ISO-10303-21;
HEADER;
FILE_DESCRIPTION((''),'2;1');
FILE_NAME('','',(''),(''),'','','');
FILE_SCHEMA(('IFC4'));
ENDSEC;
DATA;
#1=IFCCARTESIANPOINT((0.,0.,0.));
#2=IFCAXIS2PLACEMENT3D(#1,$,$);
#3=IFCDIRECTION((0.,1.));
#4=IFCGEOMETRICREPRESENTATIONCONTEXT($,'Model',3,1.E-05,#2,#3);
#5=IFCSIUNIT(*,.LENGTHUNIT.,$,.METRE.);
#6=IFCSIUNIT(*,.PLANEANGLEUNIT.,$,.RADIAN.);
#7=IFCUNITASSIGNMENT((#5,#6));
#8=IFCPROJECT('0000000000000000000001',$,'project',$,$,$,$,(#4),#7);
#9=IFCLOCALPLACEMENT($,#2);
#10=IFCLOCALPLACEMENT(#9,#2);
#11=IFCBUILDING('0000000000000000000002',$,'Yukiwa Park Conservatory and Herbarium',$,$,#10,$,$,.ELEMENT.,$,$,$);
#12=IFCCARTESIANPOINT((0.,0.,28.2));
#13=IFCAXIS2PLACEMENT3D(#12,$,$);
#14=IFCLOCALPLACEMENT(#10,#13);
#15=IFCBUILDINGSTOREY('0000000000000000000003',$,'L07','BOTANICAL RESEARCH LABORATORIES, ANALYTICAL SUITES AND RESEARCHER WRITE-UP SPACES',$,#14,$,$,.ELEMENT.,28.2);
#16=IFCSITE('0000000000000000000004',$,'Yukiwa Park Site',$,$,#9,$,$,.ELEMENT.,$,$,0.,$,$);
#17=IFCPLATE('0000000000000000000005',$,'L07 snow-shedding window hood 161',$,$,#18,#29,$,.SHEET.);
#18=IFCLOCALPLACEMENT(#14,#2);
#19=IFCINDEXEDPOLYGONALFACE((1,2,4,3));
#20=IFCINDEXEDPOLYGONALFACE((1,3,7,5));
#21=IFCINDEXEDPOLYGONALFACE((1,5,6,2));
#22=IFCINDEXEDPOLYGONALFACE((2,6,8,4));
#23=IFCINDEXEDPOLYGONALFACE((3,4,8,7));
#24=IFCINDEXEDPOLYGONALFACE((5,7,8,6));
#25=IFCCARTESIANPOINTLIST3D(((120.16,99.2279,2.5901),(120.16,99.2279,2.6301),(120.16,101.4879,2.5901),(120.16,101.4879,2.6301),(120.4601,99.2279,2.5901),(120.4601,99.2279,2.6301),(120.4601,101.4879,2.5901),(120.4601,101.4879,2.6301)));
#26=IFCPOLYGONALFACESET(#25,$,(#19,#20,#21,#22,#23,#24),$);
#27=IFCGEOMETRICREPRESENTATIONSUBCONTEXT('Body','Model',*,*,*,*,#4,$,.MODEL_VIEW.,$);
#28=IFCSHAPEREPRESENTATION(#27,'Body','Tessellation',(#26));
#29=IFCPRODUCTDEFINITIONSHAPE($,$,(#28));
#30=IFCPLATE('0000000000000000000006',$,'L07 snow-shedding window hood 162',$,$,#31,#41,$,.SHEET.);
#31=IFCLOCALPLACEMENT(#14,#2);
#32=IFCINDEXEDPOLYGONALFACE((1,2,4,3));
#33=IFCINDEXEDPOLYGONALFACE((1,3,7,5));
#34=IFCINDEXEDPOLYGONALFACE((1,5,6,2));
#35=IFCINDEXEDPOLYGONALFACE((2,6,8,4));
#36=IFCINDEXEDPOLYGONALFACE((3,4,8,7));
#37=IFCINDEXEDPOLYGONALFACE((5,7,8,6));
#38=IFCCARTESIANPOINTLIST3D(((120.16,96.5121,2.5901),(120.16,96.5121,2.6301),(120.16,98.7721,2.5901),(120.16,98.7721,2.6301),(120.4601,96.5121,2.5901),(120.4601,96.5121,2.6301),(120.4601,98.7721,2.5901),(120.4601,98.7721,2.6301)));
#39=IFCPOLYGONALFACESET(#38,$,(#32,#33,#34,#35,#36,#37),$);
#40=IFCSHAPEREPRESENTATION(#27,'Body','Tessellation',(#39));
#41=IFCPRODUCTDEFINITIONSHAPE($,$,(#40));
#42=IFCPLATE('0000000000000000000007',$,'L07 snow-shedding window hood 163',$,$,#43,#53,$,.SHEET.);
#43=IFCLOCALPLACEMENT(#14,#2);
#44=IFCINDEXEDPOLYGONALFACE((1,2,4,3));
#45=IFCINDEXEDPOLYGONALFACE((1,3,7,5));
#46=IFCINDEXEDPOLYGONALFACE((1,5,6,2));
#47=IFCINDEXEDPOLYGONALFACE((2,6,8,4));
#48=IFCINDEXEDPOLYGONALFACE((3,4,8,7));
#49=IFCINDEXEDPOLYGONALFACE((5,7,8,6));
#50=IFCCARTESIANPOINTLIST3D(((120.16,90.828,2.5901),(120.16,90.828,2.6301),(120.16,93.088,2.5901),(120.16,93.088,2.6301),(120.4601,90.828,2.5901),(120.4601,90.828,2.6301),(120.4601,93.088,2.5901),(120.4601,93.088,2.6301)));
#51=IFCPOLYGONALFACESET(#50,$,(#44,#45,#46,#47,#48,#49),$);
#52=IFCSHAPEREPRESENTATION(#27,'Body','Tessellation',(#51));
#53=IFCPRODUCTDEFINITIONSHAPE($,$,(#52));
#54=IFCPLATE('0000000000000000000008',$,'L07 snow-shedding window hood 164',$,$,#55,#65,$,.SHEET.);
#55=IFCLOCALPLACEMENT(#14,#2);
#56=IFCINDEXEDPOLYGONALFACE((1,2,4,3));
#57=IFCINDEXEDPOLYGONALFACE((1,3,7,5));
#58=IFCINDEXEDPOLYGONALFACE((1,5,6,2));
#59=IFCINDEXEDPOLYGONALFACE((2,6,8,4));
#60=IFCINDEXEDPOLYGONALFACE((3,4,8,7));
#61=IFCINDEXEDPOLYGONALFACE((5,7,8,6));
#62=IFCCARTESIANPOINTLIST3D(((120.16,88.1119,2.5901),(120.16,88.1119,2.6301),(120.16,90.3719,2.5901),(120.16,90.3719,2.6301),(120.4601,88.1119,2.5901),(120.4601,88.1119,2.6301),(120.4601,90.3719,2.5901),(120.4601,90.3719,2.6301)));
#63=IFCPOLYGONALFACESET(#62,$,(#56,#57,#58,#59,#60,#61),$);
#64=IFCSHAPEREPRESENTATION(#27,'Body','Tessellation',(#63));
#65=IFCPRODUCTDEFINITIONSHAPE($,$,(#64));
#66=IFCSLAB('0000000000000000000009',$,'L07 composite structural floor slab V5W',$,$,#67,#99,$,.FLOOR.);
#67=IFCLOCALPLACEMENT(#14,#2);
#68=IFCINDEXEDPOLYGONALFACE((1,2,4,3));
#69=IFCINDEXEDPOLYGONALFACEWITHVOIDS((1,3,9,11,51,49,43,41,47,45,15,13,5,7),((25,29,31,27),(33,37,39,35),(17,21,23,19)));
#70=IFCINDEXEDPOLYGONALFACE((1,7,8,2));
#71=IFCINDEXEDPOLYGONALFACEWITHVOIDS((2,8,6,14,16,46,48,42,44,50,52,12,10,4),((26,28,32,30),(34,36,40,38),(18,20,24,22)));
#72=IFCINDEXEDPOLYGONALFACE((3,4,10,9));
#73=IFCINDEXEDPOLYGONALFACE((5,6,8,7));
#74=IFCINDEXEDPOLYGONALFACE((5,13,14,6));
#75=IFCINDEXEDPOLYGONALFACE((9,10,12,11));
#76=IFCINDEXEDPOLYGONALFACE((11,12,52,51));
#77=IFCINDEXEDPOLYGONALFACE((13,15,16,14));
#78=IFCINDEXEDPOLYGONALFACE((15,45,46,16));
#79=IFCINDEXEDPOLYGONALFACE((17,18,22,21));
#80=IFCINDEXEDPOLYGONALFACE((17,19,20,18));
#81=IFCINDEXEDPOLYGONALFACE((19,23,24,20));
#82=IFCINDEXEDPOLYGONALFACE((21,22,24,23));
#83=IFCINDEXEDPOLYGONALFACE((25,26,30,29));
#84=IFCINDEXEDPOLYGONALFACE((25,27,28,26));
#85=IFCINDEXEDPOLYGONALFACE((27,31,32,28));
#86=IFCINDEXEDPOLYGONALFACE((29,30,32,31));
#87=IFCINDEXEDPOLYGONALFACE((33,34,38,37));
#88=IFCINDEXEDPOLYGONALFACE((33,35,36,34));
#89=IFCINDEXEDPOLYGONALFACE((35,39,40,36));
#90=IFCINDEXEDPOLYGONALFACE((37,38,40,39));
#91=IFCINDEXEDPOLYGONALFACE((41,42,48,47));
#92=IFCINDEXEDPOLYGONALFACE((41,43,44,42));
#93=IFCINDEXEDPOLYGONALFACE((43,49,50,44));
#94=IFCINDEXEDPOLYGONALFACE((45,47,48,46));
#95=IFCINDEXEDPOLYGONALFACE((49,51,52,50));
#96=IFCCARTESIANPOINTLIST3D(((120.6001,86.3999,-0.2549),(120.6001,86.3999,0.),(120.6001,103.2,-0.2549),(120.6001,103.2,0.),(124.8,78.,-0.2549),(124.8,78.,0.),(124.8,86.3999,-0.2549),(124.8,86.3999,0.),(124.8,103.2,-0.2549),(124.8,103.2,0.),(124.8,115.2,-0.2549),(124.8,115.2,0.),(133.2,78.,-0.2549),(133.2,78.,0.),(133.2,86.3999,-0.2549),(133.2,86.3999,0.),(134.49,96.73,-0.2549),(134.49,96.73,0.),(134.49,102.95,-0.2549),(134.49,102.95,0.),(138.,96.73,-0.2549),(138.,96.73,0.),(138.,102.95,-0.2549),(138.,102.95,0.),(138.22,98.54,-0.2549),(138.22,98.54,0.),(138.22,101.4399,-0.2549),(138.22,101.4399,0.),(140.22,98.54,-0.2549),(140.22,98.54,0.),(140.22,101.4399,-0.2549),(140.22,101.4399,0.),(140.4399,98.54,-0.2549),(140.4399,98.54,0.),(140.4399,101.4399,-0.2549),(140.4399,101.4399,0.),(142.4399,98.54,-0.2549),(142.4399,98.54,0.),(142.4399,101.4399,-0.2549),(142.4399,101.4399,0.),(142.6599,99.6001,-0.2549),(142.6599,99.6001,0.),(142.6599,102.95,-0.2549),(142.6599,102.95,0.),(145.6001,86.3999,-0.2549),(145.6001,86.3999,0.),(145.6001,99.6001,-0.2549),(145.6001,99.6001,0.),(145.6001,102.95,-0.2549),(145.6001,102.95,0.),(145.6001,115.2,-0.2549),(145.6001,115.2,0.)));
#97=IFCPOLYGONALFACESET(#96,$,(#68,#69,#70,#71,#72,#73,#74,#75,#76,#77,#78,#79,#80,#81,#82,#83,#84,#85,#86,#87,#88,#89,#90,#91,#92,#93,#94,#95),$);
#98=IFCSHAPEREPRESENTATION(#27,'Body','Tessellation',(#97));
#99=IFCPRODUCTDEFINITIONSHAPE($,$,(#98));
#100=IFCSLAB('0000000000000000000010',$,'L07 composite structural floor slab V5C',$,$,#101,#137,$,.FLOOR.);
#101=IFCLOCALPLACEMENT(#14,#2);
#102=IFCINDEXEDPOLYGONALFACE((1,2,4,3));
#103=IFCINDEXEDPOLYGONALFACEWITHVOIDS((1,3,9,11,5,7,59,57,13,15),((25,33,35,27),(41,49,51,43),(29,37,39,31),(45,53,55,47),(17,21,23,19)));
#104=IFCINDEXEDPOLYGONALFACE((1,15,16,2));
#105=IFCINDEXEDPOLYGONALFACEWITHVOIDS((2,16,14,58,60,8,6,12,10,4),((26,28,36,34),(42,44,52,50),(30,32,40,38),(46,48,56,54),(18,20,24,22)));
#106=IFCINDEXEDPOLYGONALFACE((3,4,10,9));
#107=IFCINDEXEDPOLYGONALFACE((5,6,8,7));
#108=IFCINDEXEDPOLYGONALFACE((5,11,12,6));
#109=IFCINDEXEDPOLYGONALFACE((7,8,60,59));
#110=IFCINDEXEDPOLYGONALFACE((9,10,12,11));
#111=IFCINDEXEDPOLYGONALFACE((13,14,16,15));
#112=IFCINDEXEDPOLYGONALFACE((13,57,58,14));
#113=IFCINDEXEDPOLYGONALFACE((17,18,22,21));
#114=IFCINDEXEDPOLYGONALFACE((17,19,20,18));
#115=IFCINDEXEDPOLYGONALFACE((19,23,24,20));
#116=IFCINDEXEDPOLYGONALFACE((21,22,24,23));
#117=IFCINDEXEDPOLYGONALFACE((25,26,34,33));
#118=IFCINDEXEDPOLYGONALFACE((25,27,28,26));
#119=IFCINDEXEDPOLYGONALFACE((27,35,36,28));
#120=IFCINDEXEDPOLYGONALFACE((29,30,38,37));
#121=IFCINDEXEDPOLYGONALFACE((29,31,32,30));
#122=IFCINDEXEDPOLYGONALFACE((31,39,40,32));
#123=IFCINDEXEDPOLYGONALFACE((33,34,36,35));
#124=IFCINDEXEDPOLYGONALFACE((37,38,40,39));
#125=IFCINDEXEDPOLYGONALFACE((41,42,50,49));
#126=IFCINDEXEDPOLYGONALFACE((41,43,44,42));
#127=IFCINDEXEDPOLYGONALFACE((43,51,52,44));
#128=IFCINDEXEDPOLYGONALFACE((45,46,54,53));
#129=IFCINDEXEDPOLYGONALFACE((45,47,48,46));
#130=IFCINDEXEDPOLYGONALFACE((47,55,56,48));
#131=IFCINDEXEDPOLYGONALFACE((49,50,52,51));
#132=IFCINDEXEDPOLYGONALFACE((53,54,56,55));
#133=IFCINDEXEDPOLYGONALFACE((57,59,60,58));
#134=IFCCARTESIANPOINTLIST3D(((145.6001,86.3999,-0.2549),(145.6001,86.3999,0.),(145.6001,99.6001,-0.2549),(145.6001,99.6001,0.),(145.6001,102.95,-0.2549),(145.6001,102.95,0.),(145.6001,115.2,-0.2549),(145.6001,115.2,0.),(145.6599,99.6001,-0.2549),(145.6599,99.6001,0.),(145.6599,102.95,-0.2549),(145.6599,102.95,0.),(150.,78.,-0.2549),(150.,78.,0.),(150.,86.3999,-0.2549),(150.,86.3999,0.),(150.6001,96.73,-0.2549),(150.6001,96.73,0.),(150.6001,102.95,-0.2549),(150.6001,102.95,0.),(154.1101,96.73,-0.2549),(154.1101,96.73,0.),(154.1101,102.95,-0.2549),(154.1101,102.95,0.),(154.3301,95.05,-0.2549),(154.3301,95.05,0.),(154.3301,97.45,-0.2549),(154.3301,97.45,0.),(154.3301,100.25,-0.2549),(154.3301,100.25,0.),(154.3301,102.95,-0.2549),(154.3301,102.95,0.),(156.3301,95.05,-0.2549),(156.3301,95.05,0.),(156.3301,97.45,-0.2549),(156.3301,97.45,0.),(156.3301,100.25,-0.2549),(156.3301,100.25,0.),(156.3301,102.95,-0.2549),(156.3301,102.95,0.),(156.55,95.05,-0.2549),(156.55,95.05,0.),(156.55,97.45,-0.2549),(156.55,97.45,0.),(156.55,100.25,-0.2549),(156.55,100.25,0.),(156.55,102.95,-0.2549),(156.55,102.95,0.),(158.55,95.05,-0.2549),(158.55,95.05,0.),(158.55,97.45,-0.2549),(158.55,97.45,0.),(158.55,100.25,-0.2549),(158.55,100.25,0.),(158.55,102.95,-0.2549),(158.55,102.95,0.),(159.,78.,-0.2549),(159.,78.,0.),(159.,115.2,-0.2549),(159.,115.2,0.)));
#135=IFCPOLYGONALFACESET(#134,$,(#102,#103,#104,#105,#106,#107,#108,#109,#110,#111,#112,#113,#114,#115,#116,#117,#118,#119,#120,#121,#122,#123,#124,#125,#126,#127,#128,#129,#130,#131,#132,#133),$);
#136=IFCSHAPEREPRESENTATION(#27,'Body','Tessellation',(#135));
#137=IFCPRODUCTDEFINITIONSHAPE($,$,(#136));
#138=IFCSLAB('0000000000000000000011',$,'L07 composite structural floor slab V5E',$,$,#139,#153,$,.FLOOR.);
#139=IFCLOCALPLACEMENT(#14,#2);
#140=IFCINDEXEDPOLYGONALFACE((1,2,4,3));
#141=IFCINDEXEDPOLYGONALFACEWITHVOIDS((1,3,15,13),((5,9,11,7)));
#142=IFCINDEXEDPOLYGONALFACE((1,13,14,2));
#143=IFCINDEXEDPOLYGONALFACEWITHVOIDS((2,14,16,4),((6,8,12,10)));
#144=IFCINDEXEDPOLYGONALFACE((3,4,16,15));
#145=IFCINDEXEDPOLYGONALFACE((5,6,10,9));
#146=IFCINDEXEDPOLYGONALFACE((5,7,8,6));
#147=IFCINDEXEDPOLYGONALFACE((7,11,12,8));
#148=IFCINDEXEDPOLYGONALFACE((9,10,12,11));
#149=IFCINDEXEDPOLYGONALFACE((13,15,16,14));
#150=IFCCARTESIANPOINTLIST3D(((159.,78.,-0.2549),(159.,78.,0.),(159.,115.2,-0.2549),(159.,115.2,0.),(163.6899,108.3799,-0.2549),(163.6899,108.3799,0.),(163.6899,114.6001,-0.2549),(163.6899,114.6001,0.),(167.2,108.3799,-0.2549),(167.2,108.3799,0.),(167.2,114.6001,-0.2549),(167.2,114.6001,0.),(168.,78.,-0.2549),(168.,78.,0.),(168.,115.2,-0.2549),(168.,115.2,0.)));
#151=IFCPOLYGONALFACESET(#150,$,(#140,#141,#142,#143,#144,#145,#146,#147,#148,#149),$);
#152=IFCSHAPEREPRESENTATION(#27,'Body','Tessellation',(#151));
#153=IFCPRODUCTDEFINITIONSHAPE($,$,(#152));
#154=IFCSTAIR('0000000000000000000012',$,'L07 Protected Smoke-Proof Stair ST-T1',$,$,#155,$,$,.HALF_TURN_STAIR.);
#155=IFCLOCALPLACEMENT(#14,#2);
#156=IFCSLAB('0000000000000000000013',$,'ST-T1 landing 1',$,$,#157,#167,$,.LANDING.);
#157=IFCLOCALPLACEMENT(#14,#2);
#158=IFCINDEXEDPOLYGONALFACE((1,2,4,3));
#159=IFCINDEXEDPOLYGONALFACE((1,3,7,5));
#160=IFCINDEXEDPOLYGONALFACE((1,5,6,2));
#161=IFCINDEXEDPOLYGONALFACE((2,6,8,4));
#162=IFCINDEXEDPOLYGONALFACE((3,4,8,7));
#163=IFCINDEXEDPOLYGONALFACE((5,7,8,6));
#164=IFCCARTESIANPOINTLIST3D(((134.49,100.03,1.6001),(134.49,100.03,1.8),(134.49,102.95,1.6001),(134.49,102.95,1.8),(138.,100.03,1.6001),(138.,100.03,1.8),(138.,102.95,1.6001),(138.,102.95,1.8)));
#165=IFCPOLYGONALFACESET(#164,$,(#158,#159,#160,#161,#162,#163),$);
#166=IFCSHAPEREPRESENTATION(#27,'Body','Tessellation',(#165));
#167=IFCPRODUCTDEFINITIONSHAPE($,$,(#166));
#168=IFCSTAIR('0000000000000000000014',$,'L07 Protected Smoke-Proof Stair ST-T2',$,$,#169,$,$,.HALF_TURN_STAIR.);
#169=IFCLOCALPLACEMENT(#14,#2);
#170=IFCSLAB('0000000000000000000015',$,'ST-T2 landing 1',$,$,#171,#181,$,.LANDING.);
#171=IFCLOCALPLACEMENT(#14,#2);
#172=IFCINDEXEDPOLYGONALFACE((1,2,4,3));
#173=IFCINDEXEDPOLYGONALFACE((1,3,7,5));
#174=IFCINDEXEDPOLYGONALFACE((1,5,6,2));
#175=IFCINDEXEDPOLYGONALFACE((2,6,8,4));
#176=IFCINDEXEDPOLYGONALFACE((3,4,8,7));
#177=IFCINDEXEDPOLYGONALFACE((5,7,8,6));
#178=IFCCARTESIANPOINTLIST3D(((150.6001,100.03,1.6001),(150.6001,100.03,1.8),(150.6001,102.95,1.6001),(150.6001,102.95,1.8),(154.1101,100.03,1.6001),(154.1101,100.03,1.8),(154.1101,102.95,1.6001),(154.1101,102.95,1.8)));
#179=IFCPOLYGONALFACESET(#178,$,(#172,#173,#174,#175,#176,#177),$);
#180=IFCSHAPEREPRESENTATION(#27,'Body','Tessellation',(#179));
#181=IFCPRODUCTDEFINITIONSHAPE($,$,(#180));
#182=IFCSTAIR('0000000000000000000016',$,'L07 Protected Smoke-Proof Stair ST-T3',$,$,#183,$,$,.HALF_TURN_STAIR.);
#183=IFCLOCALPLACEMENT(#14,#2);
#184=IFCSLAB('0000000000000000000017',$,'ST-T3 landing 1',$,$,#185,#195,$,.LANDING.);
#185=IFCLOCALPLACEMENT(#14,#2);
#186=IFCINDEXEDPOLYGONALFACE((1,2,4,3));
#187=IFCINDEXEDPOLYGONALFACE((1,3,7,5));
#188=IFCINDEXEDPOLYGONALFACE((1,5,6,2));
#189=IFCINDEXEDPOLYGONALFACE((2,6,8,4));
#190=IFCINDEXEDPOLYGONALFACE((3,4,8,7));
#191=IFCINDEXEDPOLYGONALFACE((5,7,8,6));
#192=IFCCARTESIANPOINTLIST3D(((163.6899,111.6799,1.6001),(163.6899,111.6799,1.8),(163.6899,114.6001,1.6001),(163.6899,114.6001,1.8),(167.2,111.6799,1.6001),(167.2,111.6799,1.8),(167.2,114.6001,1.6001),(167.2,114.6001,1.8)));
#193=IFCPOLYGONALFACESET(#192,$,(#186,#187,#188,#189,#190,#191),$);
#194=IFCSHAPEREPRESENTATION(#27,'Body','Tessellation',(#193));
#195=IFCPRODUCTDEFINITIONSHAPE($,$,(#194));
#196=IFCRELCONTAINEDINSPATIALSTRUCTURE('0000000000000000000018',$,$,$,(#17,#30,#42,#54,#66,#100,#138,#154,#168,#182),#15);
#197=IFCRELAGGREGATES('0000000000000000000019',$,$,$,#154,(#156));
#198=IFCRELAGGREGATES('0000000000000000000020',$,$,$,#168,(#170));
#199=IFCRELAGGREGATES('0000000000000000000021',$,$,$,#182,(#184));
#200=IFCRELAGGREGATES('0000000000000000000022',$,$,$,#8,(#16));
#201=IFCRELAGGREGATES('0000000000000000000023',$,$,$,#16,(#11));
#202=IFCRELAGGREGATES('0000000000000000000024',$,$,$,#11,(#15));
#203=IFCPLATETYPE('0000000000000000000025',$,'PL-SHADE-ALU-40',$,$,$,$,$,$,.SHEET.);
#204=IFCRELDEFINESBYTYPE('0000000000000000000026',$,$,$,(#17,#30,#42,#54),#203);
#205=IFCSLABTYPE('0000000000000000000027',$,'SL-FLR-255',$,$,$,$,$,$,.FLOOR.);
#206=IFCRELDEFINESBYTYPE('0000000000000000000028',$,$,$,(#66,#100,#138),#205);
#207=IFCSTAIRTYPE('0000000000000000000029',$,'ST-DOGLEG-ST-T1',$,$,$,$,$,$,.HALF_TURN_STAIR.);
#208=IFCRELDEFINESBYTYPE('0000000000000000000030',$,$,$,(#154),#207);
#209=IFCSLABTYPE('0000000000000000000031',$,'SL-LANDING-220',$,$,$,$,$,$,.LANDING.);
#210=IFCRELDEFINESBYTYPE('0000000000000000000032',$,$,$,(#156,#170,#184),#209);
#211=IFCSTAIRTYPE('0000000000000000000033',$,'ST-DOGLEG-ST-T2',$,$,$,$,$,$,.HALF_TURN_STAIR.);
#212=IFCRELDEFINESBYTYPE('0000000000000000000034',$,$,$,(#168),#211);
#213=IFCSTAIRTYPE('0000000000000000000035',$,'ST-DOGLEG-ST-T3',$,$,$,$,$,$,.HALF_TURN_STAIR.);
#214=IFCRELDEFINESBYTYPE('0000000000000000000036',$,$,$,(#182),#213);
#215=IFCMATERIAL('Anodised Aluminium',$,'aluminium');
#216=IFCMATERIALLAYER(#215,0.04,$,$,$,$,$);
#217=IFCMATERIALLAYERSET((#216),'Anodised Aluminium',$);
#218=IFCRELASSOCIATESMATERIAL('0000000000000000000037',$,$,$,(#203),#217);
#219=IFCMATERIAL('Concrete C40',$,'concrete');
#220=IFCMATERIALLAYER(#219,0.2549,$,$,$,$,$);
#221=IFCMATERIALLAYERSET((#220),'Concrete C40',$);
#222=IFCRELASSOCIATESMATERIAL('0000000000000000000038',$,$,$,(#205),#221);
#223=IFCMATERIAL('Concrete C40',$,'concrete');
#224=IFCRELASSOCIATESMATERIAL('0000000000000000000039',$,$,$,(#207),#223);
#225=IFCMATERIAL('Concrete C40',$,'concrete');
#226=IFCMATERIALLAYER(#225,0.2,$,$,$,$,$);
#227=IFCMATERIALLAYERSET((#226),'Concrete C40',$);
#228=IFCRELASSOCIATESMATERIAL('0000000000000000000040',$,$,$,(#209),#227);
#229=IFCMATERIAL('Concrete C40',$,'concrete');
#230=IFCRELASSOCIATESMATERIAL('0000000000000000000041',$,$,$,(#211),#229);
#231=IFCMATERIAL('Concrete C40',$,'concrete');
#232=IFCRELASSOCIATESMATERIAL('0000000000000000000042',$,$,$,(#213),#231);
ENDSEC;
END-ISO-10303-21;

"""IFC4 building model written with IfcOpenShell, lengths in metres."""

from ifc_helpers import new_model, si_unit, direction, frame, origin, origin_2d, place, context, subcontext, project, spatial, polyline, rectangle, outline, extrude, material, layer, layer_set, type_object, element, aggregate, save


model = new_model("IFC4")

# Units and contexts
model_context = context("Model", 3, precision=1e-05, world=origin(), true_north=direction((0.0, 1.0)))
body_context = subcontext(model_context, "Body", "Model", "MODEL_VIEW")
ifc_project = project(units=[si_unit("LENGTHUNIT", "METRE"), si_unit("PLANEANGLEUNIT", "RADIAN")], contexts=[model_context])

# Site, building, storey
site_placement = place(None, origin())
site = spatial("IfcSite", under=ifc_project, at=site_placement, Name="Yukiwa Park Site", CompositionType="ELEMENT", RefElevation=0.0)
building_placement = place(site_placement, origin())
building = spatial("IfcBuilding", under=site, at=building_placement, Name="Yukiwa Park Conservatory and Herbarium", CompositionType="ELEMENT")
storey_placement = place(building_placement, frame((0.0, 0.0, 28.2)))
storey = spatial("IfcBuildingStorey", under=building, at=storey_placement, Name="L07", Description="BOTANICAL RESEARCH LABORATORIES, ANALYTICAL SUITES AND RESEARCHER WRITE-UP SPACES", CompositionType="ELEMENT", Elevation=28.2)

# Plates
ifc_material_1 = material(Name="Anodised Aluminium", Category="aluminium")
ifc_layer_1 = layer(ifc_material_1, 0.04)
ifc_layer_set_1 = layer_set([ifc_layer_1], Name="Anodised Aluminium")
plate_type = type_object("IfcPlateType", Name="PL-SHADE-ALU-40", PredefinedType="SHEET", material=ifc_layer_set_1)
for number, where, z_axis, x_axis, name in (
    (1, (120.3101, 100.3579, 2.5901), (0.0, 0.0, 1.0), (0.0, -1.0, 0.0), "L07 snow-shedding window hood 161"),
    (2, (120.3101, 97.6421, 2.5901), (0.0, 0.0, 1.0), (0.0, -1.0, 0.0), "L07 snow-shedding window hood 162"),
    (3, (120.3101, 91.958, 2.5901), (0.0, 0.0, 1.0), (0.0, -1.0, 0.0), "L07 snow-shedding window hood 163"),
    (4, (120.3101, 89.2419, 2.5901), (0.0, 0.0, 1.0), (0.0, -1.0, 0.0), "L07 snow-shedding window hood 164"),
):
    element("IfcPlate", number, at=place(storey_placement, frame(where, z_axis=z_axis, x_axis=x_axis)), inside=storey, type_object=plate_type, Name=name, PredefinedType="SHEET", context=body_context, shape_type="SweptSolid", body=[
        extrude(rectangle(XDim=2.26, YDim=0.3, at=origin_2d()), origin(), (0.0, 0.0, 1.0), 0.04),
    ])

# Slabs
ifc_material_2 = material(Name="Concrete C40", Category="concrete")
ifc_layer_2 = layer(ifc_material_2, 0.2549)
ifc_layer_set_2 = layer_set([ifc_layer_2], Name="Concrete C40")
slab_type_1 = type_object("IfcSlabType", Name="SL-FLR-255", PredefinedType="FLOOR", material=ifc_layer_set_2)
slab_1_placement = place(storey_placement, frame((0.0, 0.0, -0.2549)))
element("IfcSlab", 5, at=slab_1_placement, inside=storey, type_object=slab_type_1, Name="L07 composite structural floor slab V5W", PredefinedType="FLOOR", context=body_context, shape_type="SweptSolid", body=[
    extrude(outline(polyline([(133.2, 78.0), (124.8, 78.0), (124.8, 86.3999), (120.6001, 86.3999), (120.6001, 103.2), (124.8, 103.2), (124.8, 115.2), (145.6001, 115.2), (145.6001, 102.95), (142.6599, 102.95), (142.6599, 99.6001), (145.6001, 99.6001), (145.6001, 86.3999), (133.2, 86.3999), (133.2, 78.0)]), holes=[polyline([(134.49, 102.95), (134.49, 96.73), (138.0, 96.73), (138.0, 102.95), (134.49, 102.95)]), polyline([(140.22, 101.4399), (138.22, 101.4399), (138.22, 98.54), (140.22, 98.54), (140.22, 101.4399)]), polyline([(140.4399, 101.4399), (140.4399, 98.54), (142.4399, 98.54), (142.4399, 101.4399), (140.4399, 101.4399)])]), origin(), (0.0, 0.0, 1.0), 0.2549),
])
slab_2_placement = place(storey_placement, frame((0.0, 0.0, -0.2549)))
element("IfcSlab", 6, at=slab_2_placement, inside=storey, type_object=slab_type_1, Name="L07 composite structural floor slab V5C", PredefinedType="FLOOR", context=body_context, shape_type="SweptSolid", body=[
    extrude(outline(polyline([(150.0, 86.3999), (145.6001, 86.3999), (145.6001, 99.6001), (145.6599, 99.6001), (145.6599, 102.95), (145.6001, 102.95), (145.6001, 115.2), (159.0, 115.2), (159.0, 78.0), (150.0, 78.0), (150.0, 86.3999)]), holes=[polyline([(154.3301, 97.45), (154.3301, 95.05), (156.3301, 95.05), (156.3301, 97.45), (154.3301, 97.45)]), polyline([(156.55, 97.45), (156.55, 95.05), (158.55, 95.05), (158.55, 97.45), (156.55, 97.45)]), polyline([(154.1101, 102.95), (150.6001, 102.95), (150.6001, 96.73), (154.1101, 96.73), (154.1101, 102.95)]), polyline([(154.3301, 102.95), (154.3301, 100.25), (156.3301, 100.25), (156.3301, 102.95), (154.3301, 102.95)]), polyline([(158.55, 102.95), (156.55, 102.95), (156.55, 100.25), (158.55, 100.25), (158.55, 102.95)])]), origin(), (0.0, 0.0, 1.0), 0.2549),
])
slab_3_placement = place(storey_placement, frame((0.0, 0.0, -0.2549)))
element("IfcSlab", 7, at=slab_3_placement, inside=storey, type_object=slab_type_1, Name="L07 composite structural floor slab V5E", PredefinedType="FLOOR", context=body_context, shape_type="SweptSolid", body=[
    extrude(outline(polyline([(168.0, 78.0), (159.0, 78.0), (159.0, 115.2), (168.0, 115.2), (168.0, 78.0)]), holes=[polyline([(167.2, 114.6001), (163.6899, 114.6001), (163.6899, 108.3799), (167.2, 108.3799), (167.2, 114.6001)])]), origin(), (0.0, 0.0, 1.0), 0.2549),
])

# Stairs, slabs
ifc_material_3 = material(Name="Concrete C40", Category="concrete")
stair_type_1 = type_object("IfcStairType", Name="ST-DOGLEG-ST-T1", PredefinedType="HALF_TURN_STAIR", material=ifc_material_3)
stair_1_placement = place(storey_placement, origin())
stair_1 = element("IfcStair", 8, at=stair_1_placement, inside=storey, type_object=stair_type_1, Name="L07 Protected Smoke-Proof Stair ST-T1", PredefinedType="HALF_TURN_STAIR")
ifc_material_4 = material(Name="Concrete C40", Category="concrete")
ifc_layer_3 = layer(ifc_material_4, 0.2)
ifc_layer_set_3 = layer_set([ifc_layer_3], Name="Concrete C40")
slab_type_2 = type_object("IfcSlabType", Name="SL-LANDING-220", PredefinedType="LANDING", material=ifc_layer_set_3)
slab_4_placement = place(storey_placement, frame((0.0, 0.0, 1.6001)))
slab_4 = element("IfcSlab", 9, at=slab_4_placement, type_object=slab_type_2, Name="ST-T1 landing 1", PredefinedType="LANDING", context=body_context, shape_type="SweptSolid", body=[
    extrude(outline(polyline([(138.0, 100.03), (138.0, 102.95), (134.49, 102.95), (134.49, 100.03), (138.0, 100.03)])), origin(), (0.0, 0.0, 1.0), 0.2),
])
aggregate(stair_1, [slab_4])
ifc_material_5 = material(Name="Concrete C40", Category="concrete")
stair_type_2 = type_object("IfcStairType", Name="ST-DOGLEG-ST-T2", PredefinedType="HALF_TURN_STAIR", material=ifc_material_5)
stair_2_placement = place(storey_placement, origin())
stair_2 = element("IfcStair", 10, at=stair_2_placement, inside=storey, type_object=stair_type_2, Name="L07 Protected Smoke-Proof Stair ST-T2", PredefinedType="HALF_TURN_STAIR")
slab_5_placement = place(storey_placement, frame((0.0, 0.0, 1.6001)))
slab_5 = element("IfcSlab", 11, at=slab_5_placement, type_object=slab_type_2, Name="ST-T2 landing 1", PredefinedType="LANDING", context=body_context, shape_type="SweptSolid", body=[
    extrude(outline(polyline([(154.1101, 100.03), (154.1101, 102.95), (150.6001, 102.95), (150.6001, 100.03), (154.1101, 100.03)])), origin(), (0.0, 0.0, 1.0), 0.2),
])
aggregate(stair_2, [slab_5])
ifc_material_6 = material(Name="Concrete C40", Category="concrete")
stair_type_3 = type_object("IfcStairType", Name="ST-DOGLEG-ST-T3", PredefinedType="HALF_TURN_STAIR", material=ifc_material_6)
stair_3_placement = place(storey_placement, origin())
stair_3 = element("IfcStair", 12, at=stair_3_placement, inside=storey, type_object=stair_type_3, Name="L07 Protected Smoke-Proof Stair ST-T3", PredefinedType="HALF_TURN_STAIR")
slab_6_placement = place(storey_placement, frame((0.0, 0.0, 1.6001)))
slab_6 = element("IfcSlab", 13, at=slab_6_placement, type_object=slab_type_2, Name="ST-T3 landing 1", PredefinedType="LANDING", context=body_context, shape_type="SweptSolid", body=[
    extrude(outline(polyline([(167.2, 111.6799), (167.2, 114.6001), (163.6899, 114.6001), (163.6899, 111.6799), (167.2, 111.6799)])), origin(), (0.0, 0.0, 1.0), 0.2),
])
aggregate(stair_3, [slab_6])

save(model, "model.ifc")
